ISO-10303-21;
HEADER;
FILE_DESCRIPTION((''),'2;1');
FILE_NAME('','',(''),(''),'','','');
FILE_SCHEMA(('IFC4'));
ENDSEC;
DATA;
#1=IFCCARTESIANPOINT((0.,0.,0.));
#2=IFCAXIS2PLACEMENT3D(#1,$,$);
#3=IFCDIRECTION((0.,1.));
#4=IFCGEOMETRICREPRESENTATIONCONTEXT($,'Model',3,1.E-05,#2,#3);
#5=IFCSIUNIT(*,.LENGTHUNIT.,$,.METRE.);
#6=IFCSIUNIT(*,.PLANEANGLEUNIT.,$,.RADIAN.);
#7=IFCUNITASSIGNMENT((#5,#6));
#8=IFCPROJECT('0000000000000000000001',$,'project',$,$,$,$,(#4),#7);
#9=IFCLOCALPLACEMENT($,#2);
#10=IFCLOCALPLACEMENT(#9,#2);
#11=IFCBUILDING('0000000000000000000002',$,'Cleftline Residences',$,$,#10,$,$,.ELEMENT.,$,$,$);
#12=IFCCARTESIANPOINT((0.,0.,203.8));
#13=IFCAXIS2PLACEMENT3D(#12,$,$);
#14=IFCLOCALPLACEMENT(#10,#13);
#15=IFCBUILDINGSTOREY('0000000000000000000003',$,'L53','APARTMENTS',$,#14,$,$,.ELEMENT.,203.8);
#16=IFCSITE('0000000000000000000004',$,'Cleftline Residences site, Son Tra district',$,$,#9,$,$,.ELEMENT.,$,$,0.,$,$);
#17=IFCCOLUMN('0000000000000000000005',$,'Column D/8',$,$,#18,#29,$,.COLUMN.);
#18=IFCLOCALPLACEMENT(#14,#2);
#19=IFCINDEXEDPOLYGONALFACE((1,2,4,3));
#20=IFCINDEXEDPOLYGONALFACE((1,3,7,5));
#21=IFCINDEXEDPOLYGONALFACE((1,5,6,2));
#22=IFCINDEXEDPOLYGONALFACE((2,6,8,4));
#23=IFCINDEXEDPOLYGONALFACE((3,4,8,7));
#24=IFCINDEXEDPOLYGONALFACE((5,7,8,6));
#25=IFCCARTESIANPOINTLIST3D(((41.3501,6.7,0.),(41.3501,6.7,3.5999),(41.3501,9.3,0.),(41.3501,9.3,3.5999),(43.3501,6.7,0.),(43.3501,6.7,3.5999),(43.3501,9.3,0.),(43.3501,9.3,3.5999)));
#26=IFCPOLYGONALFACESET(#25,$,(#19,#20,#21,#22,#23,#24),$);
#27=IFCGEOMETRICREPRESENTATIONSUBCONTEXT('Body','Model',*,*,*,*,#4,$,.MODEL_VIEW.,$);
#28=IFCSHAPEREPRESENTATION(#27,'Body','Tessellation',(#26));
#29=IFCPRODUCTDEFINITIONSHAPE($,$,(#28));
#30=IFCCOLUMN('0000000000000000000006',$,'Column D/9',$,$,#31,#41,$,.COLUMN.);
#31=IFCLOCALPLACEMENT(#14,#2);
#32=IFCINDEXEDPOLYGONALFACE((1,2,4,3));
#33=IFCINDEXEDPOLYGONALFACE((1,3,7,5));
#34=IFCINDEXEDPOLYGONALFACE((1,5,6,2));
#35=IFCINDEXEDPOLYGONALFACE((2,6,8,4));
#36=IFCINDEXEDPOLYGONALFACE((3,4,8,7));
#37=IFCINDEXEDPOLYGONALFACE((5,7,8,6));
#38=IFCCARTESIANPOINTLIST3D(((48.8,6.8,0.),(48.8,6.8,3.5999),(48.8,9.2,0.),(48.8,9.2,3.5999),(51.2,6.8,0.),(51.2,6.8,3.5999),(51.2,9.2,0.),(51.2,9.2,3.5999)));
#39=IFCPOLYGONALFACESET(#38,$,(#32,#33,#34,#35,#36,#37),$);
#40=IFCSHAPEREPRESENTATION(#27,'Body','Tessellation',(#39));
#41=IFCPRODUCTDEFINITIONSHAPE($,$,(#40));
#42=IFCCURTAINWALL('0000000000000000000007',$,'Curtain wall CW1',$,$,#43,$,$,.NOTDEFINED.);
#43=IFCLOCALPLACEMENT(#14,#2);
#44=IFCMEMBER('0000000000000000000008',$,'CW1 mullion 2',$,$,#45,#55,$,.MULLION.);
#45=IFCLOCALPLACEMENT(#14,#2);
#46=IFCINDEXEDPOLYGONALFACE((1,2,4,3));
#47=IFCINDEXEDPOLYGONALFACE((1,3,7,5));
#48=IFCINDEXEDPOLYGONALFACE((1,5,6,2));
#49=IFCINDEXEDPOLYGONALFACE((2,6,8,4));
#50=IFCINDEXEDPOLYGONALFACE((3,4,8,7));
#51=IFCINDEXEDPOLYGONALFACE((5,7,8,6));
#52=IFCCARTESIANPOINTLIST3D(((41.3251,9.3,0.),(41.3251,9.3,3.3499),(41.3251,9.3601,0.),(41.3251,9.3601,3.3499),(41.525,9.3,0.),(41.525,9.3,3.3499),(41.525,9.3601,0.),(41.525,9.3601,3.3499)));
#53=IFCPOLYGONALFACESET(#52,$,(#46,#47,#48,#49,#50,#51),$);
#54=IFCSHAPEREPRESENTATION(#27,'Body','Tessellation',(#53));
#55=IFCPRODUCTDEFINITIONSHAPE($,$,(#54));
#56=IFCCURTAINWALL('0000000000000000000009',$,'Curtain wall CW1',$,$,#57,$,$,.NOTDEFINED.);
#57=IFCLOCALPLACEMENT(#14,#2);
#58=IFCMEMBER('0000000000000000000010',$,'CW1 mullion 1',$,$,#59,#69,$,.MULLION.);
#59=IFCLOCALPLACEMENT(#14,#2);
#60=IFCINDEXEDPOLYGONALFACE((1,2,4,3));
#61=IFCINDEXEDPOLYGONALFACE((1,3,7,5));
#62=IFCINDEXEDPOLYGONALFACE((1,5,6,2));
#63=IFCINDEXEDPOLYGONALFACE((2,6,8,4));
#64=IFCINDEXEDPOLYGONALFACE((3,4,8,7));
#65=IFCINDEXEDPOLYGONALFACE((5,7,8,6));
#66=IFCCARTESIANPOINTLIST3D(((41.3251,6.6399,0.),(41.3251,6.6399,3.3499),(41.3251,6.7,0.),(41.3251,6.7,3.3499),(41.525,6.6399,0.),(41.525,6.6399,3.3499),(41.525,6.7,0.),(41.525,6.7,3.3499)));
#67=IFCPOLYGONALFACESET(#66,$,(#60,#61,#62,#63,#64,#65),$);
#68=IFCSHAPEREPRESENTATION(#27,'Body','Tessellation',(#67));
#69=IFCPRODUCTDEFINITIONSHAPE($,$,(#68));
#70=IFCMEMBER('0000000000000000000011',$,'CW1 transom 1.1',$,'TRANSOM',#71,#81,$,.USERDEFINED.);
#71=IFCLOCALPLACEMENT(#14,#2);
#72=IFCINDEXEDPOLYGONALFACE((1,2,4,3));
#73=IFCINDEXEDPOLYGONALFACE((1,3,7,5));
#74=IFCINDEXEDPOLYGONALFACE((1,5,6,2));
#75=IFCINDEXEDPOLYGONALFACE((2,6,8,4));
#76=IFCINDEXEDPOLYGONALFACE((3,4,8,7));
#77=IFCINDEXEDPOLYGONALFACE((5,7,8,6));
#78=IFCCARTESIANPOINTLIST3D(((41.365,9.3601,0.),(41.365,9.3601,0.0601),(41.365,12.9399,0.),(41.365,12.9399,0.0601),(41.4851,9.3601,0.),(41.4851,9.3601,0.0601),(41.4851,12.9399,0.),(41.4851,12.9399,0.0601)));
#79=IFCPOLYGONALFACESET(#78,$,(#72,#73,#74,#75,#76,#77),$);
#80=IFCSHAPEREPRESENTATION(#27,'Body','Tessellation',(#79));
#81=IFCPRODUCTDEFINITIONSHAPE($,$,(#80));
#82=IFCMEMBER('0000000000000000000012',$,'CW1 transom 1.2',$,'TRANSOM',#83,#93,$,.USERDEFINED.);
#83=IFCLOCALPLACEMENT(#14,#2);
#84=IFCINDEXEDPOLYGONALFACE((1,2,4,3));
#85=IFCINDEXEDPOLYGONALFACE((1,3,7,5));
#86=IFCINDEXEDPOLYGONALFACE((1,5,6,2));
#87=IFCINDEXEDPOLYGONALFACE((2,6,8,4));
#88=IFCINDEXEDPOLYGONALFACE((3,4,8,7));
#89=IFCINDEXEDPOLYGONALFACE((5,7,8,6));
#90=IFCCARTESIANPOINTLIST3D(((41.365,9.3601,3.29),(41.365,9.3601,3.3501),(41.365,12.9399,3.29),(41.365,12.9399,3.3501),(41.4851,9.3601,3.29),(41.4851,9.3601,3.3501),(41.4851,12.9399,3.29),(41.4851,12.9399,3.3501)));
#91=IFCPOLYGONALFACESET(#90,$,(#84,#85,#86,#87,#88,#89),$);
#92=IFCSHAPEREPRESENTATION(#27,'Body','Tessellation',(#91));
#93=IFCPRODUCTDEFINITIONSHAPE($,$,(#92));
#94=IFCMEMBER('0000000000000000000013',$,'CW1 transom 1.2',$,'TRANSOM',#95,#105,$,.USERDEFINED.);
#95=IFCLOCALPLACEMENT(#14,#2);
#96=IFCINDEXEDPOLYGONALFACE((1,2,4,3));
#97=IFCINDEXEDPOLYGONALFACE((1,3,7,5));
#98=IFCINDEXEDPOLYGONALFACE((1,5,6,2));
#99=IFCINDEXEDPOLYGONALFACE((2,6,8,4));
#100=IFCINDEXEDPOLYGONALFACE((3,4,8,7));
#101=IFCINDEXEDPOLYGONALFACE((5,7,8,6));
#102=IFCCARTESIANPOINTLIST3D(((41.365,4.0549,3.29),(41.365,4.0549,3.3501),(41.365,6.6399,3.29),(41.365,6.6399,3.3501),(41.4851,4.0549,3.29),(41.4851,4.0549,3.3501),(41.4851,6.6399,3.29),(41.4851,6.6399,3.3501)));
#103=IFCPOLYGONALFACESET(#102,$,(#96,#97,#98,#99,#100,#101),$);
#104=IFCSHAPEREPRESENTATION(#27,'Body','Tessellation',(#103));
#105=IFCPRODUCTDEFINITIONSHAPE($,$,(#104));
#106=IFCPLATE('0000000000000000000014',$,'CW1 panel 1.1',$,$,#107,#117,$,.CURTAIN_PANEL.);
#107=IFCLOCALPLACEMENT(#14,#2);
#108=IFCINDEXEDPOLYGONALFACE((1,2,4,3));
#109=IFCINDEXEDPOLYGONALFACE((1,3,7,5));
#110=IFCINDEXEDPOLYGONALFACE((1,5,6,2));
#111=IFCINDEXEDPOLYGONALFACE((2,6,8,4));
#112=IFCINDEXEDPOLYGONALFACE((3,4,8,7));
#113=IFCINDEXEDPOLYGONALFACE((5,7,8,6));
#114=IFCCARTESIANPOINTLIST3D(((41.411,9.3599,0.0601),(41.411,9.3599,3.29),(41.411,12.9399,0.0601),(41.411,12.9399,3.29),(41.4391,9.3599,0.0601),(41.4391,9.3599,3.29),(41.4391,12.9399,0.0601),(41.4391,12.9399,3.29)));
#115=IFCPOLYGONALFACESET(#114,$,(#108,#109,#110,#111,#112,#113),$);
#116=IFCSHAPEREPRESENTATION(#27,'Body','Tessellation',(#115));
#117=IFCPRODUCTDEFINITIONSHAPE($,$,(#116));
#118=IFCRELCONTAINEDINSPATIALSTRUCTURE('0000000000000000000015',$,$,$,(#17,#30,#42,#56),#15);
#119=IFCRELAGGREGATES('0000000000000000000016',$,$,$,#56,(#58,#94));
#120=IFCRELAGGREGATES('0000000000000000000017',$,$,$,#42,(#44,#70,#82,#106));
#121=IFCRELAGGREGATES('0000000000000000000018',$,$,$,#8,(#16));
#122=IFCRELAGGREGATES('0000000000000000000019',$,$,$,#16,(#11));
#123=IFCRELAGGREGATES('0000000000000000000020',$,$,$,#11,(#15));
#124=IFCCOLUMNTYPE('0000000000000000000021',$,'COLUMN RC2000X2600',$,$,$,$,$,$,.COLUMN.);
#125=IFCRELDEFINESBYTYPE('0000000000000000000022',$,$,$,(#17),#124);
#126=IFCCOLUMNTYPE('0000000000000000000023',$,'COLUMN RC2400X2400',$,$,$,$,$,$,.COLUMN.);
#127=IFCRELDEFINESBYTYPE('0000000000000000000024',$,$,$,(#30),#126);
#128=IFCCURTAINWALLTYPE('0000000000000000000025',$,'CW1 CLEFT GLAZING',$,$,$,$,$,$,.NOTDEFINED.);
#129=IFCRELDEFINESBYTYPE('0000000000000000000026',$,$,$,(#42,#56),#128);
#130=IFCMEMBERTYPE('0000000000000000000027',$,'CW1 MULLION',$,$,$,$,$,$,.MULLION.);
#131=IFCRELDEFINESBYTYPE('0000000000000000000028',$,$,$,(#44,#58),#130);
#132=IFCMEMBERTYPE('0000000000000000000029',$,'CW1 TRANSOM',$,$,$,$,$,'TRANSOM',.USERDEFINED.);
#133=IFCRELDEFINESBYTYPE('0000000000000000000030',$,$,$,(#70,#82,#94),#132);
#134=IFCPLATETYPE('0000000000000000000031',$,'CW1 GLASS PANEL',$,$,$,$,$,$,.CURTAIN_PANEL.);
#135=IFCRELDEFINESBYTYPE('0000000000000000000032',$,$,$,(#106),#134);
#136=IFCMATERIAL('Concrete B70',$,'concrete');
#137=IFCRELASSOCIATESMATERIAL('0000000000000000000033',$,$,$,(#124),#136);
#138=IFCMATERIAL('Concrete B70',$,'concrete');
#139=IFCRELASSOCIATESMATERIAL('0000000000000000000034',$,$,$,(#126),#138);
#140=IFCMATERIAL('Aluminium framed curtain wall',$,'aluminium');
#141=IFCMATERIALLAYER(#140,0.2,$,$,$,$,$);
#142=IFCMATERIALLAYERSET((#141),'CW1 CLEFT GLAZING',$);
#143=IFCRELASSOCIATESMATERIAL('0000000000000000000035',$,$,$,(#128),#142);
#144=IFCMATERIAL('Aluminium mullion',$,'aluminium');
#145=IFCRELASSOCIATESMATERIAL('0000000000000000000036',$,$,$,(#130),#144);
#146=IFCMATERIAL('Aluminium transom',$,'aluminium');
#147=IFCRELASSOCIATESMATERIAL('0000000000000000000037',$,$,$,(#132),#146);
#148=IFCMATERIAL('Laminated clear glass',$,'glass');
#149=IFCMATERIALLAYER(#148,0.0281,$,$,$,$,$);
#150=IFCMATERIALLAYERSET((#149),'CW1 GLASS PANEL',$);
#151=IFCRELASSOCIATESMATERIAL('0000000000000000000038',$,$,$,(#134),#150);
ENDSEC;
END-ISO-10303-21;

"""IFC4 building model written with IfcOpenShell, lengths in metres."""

from ifc_helpers import new_model, si_unit, direction, frame, origin, origin_2d, place, context, subcontext, project, spatial, rectangle, extrude, material, layer, layer_set, material_profile, profile_set, type_object, element, aggregate, save


model = new_model("IFC4")

# Units and contexts
model_context = context("Model", 3, precision=1e-05, world=origin(), true_north=direction((0.0, 1.0)))
body_context = subcontext(model_context, "Body", "Model", "MODEL_VIEW")
ifc_project = project(units=[si_unit("LENGTHUNIT", "METRE"), si_unit("PLANEANGLEUNIT", "RADIAN")], contexts=[model_context])

# Site, building, storey
site_placement = place(None, origin())
site = spatial("IfcSite", under=ifc_project, at=site_placement, Name="Cleftline Residences site, Son Tra district", CompositionType="ELEMENT", RefElevation=0.0)
building_placement = place(site_placement, origin())
building = spatial("IfcBuilding", under=site, at=building_placement, Name="Cleftline Residences", CompositionType="ELEMENT")
storey_placement = place(building_placement, frame((0.0, 0.0, 203.8)))
storey = spatial("IfcBuildingStorey", under=building, at=storey_placement, Name="L53", Description="APARTMENTS", CompositionType="ELEMENT", Elevation=203.8)

# Columns
ifc_material_1 = material(Name="Concrete B70", Category="concrete")
ifc_material_profile_1 = material_profile(ifc_material_1, rectangle(XDim=2.0, YDim=2.6001, at=origin_2d()))
ifc_profile_set_1 = profile_set([ifc_material_profile_1], Name="Concrete B70")
column_type_1 = type_object("IfcColumnType", Name="COLUMN RC2000X2600", PredefinedType="COLUMN", material=ifc_profile_set_1)
column_1_placement = place(storey_placement, frame((42.3501, 8.0, 0.0), z_axis=(0.0, 0.0, 1.0), x_axis=(1.0, 0.0, 0.0)))
element("IfcColumn", 1, at=column_1_placement, inside=storey, type_object=column_type_1, Name="Column D/8", PredefinedType="COLUMN", context=body_context, shape_type="SweptSolid", body=[
    extrude(rectangle(XDim=2.0, YDim=2.6001, at=origin_2d()), origin(), (0.0, 0.0, 1.0), 3.5999),
])
ifc_material_2 = material(Name="Concrete B70", Category="concrete")
ifc_material_profile_2 = material_profile(ifc_material_2, rectangle(XDim=2.3999, YDim=2.3999, at=origin_2d()))
ifc_profile_set_2 = profile_set([ifc_material_profile_2], Name="Concrete B70")
column_type_2 = type_object("IfcColumnType", Name="COLUMN RC2400X2400", PredefinedType="COLUMN", material=ifc_profile_set_2)
column_2_placement = place(storey_placement, frame((50.0, 8.0, 0.0), z_axis=(0.0, 0.0, 1.0), x_axis=(1.0, 0.0, 0.0)))
element("IfcColumn", 2, at=column_2_placement, inside=storey, type_object=column_type_2, Name="Column D/9", PredefinedType="COLUMN", context=body_context, shape_type="SweptSolid", body=[
    extrude(rectangle(XDim=2.3999, YDim=2.3999, at=origin_2d()), origin(), (0.0, 0.0, 1.0), 3.5999),
])

# Curtain walls, members
ifc_material_3 = material(Name="Aluminium framed curtain wall", Category="aluminium")
ifc_layer_1 = layer(ifc_material_3, 0.2)
ifc_layer_set_1 = layer_set([ifc_layer_1], Name="CW1 CLEFT GLAZING")
curtain_wall_type = type_object("IfcCurtainWallType", Name="CW1 CLEFT GLAZING", PredefinedType="NOTDEFINED", material=ifc_layer_set_1)
curtain_wall_1_placement = place(storey_placement, origin())
curtain_wall_1 = element("IfcCurtainWall", 3, at=curtain_wall_1_placement, inside=storey, type_object=curtain_wall_type, Name="Curtain wall CW1", PredefinedType="NOTDEFINED")
ifc_material_4 = material(Name="Aluminium mullion", Category="aluminium")
ifc_material_profile_3 = material_profile(ifc_material_4, rectangle(XDim=0.2, YDim=0.0601, at=origin_2d()))
ifc_profile_set_3 = profile_set([ifc_material_profile_3], Name="Aluminium mullion")
member_type_1 = type_object("IfcMemberType", Name="CW1 MULLION", PredefinedType="MULLION", material=ifc_profile_set_3)
member_1_placement = place(storey_placement, frame((41.425, 9.3301, 0.0), z_axis=(0.0, 0.0, 1.0), x_axis=(1.0, 0.0, 0.0)))
member_1 = element("IfcMember", 4, at=member_1_placement, type_object=member_type_1, Name="CW1 mullion 2", PredefinedType="MULLION", context=body_context, shape_type="SweptSolid", body=[
    extrude(rectangle(XDim=0.2, YDim=0.0601, at=origin_2d()), origin(), (0.0, 0.0, 1.0), 3.3499),
])
curtain_wall_2_placement = place(storey_placement, origin())
curtain_wall_2 = element("IfcCurtainWall", 5, at=curtain_wall_2_placement, inside=storey, type_object=curtain_wall_type, Name="Curtain wall CW1", PredefinedType="NOTDEFINED")
member_2_placement = place(storey_placement, frame((41.425, 6.6699, 0.0), z_axis=(0.0, 0.0, 1.0), x_axis=(1.0, 0.0, 0.0)))
member_2 = element("IfcMember", 6, at=member_2_placement, type_object=member_type_1, Name="CW1 mullion 1", PredefinedType="MULLION", context=body_context, shape_type="SweptSolid", body=[
    extrude(rectangle(XDim=0.2, YDim=0.0601, at=origin_2d()), origin(), (0.0, 0.0, 1.0), 3.3499),
])

# Members
ifc_material_5 = material(Name="Aluminium transom", Category="aluminium")
ifc_material_profile_4 = material_profile(ifc_material_5, rectangle(XDim=0.1201, YDim=0.0601, at=origin_2d()))
ifc_profile_set_4 = profile_set([ifc_material_profile_4], Name="Aluminium transom")
member_type_2 = type_object("IfcMemberType", Name="CW1 TRANSOM", ElementType="TRANSOM", PredefinedType="USERDEFINED", material=ifc_profile_set_4)
member_3_placement = place(storey_placement, frame((41.425, 12.9399, 0.03), z_axis=(0.0, -1.0, 0.0), x_axis=(1.0, 0.0, 0.0)))
member_3 = element("IfcMember", 7, at=member_3_placement, type_object=member_type_2, Name="CW1 transom 1.1", ObjectType="TRANSOM", PredefinedType="USERDEFINED", context=body_context, shape_type="SweptSolid", body=[
    extrude(rectangle(XDim=0.1201, YDim=0.0601, at=origin_2d()), origin(), (0.0, 0.0, 1.0), 3.5798),
])
member_4_placement = place(storey_placement, frame((41.425, 12.9399, 3.3201), z_axis=(0.0, -1.0, 0.0), x_axis=(1.0, 0.0, 0.0)))
member_4 = element("IfcMember", 8, at=member_4_placement, type_object=member_type_2, Name="CW1 transom 1.2", ObjectType="TRANSOM", PredefinedType="USERDEFINED", context=body_context, shape_type="SweptSolid", body=[
    extrude(rectangle(XDim=0.1201, YDim=0.0601, at=origin_2d()), origin(), (0.0, 0.0, 1.0), 3.5798),
])
member_5_placement = place(storey_placement, frame((41.425, 6.6399, 3.3201), z_axis=(0.0, -1.0, 0.0), x_axis=(1.0, 0.0, 0.0)))
member_5 = element("IfcMember", 9, at=member_5_placement, type_object=member_type_2, Name="CW1 transom 1.2", ObjectType="TRANSOM", PredefinedType="USERDEFINED", context=body_context, shape_type="SweptSolid", body=[
    extrude(rectangle(XDim=0.1201, YDim=0.0601, at=origin_2d()), origin(), (0.0, 0.0, 1.0), 2.585),
])
aggregate(curtain_wall_2, [member_2, member_5])

# Plate
ifc_material_6 = material(Name="Laminated clear glass", Category="glass")
ifc_layer_2 = layer(ifc_material_6, 0.0281)
ifc_layer_set_2 = layer_set([ifc_layer_2], Name="CW1 GLASS PANEL")
plate_type = type_object("IfcPlateType", Name="CW1 GLASS PANEL", PredefinedType="CURTAIN_PANEL", material=ifc_layer_set_2)
plate_placement = place(storey_placement, frame((41.425, 11.1499, 0.0601), z_axis=(0.0, 0.0, 1.0), x_axis=(0.0, -1.0, 0.0)))
plate = element("IfcPlate", 10, at=plate_placement, type_object=plate_type, Name="CW1 panel 1.1", PredefinedType="CURTAIN_PANEL", context=body_context, shape_type="SweptSolid", body=[
    extrude(rectangle(XDim=3.5801, YDim=0.0281, at=origin_2d()), origin(), (0.0, 0.0, 1.0), 3.23),
])
aggregate(curtain_wall_1, [member_1, member_3, member_4, plate])

save(model, "model.ifc")
